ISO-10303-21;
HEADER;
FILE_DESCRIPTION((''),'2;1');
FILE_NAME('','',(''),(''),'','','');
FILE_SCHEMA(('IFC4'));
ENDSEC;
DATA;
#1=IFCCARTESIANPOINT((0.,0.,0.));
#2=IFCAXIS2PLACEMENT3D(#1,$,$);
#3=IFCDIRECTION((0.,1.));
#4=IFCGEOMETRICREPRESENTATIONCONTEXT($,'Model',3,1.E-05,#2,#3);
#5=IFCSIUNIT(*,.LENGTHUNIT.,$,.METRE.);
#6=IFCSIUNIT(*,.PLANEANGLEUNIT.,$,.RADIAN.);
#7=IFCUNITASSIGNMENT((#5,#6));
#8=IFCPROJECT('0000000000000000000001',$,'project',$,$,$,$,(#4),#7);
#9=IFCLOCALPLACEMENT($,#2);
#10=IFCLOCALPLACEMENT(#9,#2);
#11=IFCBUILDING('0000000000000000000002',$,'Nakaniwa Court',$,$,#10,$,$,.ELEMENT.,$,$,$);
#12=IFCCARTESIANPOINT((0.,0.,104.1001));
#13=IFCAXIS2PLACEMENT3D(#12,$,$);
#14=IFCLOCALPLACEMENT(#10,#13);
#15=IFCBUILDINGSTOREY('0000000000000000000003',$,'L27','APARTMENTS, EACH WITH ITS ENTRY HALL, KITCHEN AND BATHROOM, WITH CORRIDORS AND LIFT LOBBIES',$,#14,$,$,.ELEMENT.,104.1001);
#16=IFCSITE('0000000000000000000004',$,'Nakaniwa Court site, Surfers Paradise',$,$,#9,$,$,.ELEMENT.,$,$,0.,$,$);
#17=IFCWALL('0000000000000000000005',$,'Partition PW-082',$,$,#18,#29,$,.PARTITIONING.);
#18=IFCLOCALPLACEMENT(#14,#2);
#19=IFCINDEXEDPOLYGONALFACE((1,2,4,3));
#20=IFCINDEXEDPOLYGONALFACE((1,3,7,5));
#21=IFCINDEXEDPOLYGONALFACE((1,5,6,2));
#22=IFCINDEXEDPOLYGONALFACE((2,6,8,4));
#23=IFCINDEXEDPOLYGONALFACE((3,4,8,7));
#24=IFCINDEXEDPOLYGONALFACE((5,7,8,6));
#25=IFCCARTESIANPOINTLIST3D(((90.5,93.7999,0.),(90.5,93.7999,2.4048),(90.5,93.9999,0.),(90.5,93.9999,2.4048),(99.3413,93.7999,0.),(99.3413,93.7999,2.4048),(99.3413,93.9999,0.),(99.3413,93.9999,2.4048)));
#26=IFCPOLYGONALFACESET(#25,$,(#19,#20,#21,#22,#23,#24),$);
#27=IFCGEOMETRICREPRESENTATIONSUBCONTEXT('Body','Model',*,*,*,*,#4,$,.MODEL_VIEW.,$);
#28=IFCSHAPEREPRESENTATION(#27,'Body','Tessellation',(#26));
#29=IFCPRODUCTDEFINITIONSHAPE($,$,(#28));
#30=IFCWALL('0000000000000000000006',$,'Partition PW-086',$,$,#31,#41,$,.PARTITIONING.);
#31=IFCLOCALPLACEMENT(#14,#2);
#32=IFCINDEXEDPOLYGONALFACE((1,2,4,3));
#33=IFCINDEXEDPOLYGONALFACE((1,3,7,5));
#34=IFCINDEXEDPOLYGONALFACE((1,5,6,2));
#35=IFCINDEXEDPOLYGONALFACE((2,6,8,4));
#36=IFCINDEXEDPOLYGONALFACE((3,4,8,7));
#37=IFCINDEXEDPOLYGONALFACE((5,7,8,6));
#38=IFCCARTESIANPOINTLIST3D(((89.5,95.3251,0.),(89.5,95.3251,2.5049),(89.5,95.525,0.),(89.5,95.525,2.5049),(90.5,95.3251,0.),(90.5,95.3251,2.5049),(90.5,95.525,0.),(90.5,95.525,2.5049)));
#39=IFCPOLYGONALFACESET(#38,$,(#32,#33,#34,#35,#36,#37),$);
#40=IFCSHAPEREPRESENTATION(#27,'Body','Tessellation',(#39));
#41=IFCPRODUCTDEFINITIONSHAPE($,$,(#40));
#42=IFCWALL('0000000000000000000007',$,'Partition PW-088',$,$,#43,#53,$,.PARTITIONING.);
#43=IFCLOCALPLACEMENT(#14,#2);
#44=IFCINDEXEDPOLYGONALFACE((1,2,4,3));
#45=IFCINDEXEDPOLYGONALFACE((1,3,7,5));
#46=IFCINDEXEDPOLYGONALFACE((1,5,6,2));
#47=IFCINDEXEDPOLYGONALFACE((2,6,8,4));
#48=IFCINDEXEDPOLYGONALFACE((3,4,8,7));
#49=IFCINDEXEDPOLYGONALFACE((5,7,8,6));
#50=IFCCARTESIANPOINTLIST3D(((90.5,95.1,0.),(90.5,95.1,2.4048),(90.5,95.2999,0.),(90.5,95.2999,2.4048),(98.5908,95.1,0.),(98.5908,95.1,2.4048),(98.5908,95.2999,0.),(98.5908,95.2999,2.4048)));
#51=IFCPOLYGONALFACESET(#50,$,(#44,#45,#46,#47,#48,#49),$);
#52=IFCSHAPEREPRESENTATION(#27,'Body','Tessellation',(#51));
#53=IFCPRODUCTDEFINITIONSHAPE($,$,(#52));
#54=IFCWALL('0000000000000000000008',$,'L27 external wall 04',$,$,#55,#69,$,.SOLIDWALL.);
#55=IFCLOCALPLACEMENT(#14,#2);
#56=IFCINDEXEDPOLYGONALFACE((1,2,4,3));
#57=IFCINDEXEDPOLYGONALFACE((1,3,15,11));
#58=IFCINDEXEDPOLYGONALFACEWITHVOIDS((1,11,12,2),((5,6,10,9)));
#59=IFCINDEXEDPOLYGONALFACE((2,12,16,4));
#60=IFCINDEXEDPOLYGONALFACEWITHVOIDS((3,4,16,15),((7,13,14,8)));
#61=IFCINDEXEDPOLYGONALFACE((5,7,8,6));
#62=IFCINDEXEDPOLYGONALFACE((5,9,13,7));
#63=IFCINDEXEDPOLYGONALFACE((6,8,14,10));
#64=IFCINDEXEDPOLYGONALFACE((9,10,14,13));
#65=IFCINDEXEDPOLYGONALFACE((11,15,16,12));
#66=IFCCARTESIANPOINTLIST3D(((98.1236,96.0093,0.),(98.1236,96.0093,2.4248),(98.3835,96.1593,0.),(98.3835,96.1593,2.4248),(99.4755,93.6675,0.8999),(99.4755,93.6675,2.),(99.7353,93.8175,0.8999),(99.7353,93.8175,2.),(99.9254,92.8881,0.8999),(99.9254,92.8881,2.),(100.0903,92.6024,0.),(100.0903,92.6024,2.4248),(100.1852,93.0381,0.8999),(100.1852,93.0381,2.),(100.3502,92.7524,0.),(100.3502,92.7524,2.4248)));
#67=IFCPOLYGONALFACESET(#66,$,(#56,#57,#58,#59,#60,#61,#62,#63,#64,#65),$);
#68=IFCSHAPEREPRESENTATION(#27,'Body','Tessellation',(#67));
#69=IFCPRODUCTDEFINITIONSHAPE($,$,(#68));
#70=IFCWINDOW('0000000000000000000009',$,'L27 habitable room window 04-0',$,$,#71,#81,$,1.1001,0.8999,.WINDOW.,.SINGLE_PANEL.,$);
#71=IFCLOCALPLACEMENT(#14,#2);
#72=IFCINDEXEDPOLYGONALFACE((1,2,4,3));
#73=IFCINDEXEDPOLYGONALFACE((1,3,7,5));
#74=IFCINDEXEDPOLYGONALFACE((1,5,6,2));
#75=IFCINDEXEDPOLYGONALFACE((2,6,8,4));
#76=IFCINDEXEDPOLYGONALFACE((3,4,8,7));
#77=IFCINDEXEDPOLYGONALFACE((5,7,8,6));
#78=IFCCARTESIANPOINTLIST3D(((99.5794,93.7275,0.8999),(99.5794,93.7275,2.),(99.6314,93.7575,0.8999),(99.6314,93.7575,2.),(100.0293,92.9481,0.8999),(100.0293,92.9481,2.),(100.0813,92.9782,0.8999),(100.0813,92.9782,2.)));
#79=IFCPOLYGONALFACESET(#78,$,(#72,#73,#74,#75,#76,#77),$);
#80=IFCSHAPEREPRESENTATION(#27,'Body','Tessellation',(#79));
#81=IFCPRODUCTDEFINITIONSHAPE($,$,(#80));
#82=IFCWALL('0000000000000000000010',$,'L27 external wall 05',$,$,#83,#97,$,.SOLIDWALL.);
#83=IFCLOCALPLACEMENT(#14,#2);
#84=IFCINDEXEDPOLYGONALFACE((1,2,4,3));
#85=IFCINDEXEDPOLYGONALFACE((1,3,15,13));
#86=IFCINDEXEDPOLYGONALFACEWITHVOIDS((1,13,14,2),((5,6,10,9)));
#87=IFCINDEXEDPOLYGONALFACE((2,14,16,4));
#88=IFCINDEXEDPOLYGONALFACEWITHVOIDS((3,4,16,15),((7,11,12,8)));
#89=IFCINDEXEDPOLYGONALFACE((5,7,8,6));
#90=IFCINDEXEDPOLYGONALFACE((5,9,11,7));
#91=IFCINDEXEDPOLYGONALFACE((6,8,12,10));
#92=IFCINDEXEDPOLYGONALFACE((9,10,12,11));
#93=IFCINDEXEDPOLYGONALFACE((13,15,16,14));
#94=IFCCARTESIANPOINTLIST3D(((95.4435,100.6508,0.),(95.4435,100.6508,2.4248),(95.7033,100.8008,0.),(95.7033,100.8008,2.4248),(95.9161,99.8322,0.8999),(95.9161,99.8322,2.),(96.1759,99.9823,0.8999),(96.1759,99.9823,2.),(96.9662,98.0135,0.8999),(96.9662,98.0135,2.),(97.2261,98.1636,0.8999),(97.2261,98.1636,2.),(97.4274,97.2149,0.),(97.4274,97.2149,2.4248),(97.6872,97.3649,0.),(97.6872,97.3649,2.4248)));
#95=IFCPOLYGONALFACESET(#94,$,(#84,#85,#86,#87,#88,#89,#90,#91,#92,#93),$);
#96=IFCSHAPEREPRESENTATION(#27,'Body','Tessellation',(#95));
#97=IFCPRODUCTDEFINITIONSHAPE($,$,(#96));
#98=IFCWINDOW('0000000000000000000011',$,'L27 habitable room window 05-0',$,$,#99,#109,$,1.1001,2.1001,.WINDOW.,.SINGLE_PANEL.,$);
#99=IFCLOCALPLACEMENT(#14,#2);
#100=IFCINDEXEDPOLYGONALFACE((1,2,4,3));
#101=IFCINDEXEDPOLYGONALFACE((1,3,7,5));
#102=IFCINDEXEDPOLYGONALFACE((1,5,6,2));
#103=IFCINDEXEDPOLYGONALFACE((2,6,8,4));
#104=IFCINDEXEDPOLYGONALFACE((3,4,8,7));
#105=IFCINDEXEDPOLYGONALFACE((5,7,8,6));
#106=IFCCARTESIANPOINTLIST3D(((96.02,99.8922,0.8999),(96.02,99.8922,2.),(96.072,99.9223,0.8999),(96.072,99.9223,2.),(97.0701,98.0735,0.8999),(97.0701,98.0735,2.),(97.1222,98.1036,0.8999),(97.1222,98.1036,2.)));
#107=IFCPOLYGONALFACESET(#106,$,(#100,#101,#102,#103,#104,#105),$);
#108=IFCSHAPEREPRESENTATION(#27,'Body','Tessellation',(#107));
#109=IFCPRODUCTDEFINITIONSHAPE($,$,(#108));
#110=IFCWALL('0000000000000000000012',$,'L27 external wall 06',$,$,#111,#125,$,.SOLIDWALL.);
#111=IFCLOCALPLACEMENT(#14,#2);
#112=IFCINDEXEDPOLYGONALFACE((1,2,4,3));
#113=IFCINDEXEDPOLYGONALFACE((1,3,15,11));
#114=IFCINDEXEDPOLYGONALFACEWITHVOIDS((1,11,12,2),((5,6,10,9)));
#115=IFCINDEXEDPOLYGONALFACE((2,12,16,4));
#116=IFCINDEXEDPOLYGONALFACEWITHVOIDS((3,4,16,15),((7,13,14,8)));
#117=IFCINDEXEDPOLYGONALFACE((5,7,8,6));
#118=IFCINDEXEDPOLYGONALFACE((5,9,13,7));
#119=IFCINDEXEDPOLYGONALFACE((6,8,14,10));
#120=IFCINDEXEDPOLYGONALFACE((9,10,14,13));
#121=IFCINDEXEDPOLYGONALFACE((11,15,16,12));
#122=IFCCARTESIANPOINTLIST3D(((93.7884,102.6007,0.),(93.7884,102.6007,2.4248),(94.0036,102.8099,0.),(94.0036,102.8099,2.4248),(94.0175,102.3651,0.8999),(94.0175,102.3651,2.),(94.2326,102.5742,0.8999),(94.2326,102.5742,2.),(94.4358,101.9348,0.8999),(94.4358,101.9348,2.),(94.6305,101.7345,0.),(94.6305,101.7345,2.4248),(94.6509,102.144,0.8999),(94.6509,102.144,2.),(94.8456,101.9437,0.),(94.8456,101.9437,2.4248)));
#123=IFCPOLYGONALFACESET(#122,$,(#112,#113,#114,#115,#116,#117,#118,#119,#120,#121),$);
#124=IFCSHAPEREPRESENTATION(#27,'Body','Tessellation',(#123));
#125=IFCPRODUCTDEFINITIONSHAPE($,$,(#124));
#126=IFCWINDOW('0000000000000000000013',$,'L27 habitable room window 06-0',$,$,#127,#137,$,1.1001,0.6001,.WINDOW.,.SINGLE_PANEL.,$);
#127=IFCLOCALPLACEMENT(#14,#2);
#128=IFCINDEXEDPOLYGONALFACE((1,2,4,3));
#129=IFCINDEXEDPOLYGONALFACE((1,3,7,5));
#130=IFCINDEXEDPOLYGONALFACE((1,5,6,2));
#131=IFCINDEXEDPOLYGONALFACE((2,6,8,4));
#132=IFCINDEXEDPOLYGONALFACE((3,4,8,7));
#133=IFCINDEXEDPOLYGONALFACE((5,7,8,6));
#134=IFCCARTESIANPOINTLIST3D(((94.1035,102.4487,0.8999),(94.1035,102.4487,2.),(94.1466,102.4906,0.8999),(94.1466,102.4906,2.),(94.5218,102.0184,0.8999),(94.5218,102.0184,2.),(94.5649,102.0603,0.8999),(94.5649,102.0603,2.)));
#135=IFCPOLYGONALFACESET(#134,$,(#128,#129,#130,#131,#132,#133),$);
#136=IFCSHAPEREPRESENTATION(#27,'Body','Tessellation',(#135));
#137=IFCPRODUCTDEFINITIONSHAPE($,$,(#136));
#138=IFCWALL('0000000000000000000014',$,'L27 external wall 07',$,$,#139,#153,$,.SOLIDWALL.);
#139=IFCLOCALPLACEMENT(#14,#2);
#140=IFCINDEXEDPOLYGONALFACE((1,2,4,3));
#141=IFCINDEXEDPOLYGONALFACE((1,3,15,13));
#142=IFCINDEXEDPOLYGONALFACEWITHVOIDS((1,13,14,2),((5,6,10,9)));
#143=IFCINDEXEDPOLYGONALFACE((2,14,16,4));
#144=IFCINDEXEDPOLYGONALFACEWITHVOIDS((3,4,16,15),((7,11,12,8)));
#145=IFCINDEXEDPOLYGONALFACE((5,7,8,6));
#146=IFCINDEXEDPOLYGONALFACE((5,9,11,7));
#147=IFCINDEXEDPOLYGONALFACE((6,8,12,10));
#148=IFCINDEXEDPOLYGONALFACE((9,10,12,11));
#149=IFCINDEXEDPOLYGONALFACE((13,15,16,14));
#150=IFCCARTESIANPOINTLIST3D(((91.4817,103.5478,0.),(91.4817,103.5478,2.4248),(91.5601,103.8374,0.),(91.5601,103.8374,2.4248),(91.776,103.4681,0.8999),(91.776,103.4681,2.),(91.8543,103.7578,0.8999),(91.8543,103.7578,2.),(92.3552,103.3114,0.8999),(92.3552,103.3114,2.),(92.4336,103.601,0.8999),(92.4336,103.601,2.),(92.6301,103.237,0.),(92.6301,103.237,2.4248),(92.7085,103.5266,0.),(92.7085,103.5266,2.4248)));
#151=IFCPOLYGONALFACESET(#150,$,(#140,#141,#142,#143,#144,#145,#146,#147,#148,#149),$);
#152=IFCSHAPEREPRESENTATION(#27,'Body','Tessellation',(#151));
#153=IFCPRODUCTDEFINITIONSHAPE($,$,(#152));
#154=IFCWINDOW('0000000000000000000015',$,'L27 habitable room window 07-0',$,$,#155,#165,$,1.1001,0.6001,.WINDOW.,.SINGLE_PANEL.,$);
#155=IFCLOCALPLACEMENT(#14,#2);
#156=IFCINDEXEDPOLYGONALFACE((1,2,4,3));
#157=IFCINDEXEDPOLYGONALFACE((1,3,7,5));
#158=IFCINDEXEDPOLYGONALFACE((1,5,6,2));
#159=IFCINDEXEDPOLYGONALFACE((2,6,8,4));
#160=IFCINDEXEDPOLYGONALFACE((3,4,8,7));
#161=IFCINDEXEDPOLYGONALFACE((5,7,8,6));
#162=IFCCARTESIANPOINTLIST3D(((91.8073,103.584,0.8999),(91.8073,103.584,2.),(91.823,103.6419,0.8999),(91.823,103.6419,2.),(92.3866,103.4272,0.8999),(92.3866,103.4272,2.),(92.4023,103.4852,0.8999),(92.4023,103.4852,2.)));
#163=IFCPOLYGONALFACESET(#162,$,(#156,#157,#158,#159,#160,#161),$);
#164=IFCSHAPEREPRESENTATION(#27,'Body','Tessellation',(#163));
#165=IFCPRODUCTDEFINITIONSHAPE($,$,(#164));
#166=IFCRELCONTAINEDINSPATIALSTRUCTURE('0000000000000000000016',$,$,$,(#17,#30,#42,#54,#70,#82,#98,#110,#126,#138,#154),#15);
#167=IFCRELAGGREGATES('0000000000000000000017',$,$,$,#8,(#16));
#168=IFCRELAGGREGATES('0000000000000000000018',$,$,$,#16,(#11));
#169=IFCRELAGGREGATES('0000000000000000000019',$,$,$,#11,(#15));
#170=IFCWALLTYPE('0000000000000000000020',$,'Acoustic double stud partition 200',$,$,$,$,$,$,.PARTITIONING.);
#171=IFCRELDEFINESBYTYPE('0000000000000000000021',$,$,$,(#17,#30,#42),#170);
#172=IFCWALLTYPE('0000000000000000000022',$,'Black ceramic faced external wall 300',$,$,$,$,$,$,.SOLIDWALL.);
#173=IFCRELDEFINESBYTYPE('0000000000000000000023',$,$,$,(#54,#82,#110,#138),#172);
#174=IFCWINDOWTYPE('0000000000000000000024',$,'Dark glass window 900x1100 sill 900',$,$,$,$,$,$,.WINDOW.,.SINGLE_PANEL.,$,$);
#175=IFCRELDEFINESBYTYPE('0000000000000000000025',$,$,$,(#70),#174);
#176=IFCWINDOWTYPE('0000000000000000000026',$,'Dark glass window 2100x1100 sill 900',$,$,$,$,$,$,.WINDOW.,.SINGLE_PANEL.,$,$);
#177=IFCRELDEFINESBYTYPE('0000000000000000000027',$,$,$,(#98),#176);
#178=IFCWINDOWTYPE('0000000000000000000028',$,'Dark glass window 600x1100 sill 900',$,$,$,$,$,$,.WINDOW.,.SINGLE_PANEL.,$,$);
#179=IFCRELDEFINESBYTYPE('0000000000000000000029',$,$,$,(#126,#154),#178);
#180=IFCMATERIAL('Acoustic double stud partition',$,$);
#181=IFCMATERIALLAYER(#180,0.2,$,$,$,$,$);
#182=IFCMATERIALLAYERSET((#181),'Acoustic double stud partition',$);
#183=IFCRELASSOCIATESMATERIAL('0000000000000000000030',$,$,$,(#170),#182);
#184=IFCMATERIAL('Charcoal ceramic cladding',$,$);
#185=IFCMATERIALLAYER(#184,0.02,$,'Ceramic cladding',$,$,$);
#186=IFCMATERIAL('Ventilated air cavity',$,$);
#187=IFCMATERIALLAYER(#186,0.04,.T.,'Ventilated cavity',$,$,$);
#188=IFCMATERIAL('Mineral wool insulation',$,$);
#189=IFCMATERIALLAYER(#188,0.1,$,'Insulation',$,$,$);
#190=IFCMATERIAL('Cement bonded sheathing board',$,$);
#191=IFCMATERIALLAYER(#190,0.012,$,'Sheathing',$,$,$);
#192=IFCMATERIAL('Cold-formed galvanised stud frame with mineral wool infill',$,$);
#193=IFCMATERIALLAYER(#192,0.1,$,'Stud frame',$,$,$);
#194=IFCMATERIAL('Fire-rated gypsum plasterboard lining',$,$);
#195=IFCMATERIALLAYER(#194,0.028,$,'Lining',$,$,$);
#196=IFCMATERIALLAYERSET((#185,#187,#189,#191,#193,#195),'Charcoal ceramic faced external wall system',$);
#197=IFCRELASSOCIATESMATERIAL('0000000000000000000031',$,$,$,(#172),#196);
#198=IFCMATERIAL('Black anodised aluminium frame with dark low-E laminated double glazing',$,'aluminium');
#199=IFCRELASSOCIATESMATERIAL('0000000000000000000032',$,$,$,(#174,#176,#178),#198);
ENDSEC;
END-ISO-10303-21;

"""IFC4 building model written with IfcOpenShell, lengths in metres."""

from ifc_helpers import new_model, si_unit, direction, frame, frame_2d, origin, place, context, subcontext, project, spatial, rectangle, extrude, material, layer, layer_set, type_object, element, fill, save


model = new_model("IFC4")

# Units and contexts
model_context = context("Model", 3, precision=1e-05, world=origin(), true_north=direction((0.0, 1.0)))
body_context = subcontext(model_context, "Body", "Model", "MODEL_VIEW")
ifc_project = project(units=[si_unit("LENGTHUNIT", "METRE"), si_unit("PLANEANGLEUNIT", "RADIAN")], contexts=[model_context])

# Site, building, storey
site_placement = place(None, origin())
site = spatial("IfcSite", under=ifc_project, at=site_placement, Name="Nakaniwa Court site, Surfers Paradise", CompositionType="ELEMENT", RefElevation=0.0)
building_placement = place(site_placement, origin())
building = spatial("IfcBuilding", under=site, at=building_placement, Name="Nakaniwa Court", CompositionType="ELEMENT")
storey_placement = place(building_placement, frame((0.0, 0.0, 104.1001)))
storey = spatial("IfcBuildingStorey", under=building, at=storey_placement, Name="L27", Description="APARTMENTS, EACH WITH ITS ENTRY HALL, KITCHEN AND BATHROOM, WITH CORRIDORS AND LIFT LOBBIES", CompositionType="ELEMENT", Elevation=104.1001)

# Shared definitions
ifc_material_1 = material(Name="Acoustic double stud partition")
ifc_layer_1 = layer(ifc_material_1, 0.2)
ifc_layer_set_1 = layer_set([ifc_layer_1], Name="Acoustic double stud partition")
wall_type_1 = type_object("IfcWallType", Name="Acoustic double stud partition 200", PredefinedType="PARTITIONING", material=ifc_layer_set_1)

# Walls
wall_1_placement = place(storey_placement, frame((90.5, 93.8999, 0.0), z_axis=(0.0, 0.0, 1.0), x_axis=(1.0, 0.0, 0.0)))
element("IfcWall", 1, at=wall_1_placement, inside=storey, type_object=wall_type_1, Name="Partition PW-082", PredefinedType="PARTITIONING", context=body_context, shape_type="SweptSolid", body=[
    extrude(rectangle(XDim=8.8413, YDim=0.2, at=frame_2d((4.4207, 0.0))), origin(), (0.0, 0.0, 1.0), 2.4048),
])
wall_2_placement = place(storey_placement, frame((89.5, 95.425, 0.0), z_axis=(0.0, 0.0, 1.0), x_axis=(1.0, 0.0, 0.0)))
element("IfcWall", 2, at=wall_2_placement, inside=storey, type_object=wall_type_1, Name="Partition PW-086", PredefinedType="PARTITIONING", context=body_context, shape_type="SweptSolid", body=[
    extrude(rectangle(XDim=1.0, YDim=0.2, at=frame_2d((0.5, 0.0))), origin(), (0.0, 0.0, 1.0), 2.5049),
])
wall_3_placement = place(storey_placement, frame((90.5, 95.2, 0.0), z_axis=(0.0, 0.0, 1.0), x_axis=(1.0, 0.0, 0.0)))
element("IfcWall", 3, at=wall_3_placement, inside=storey, type_object=wall_type_1, Name="Partition PW-088", PredefinedType="PARTITIONING", context=body_context, shape_type="SweptSolid", body=[
    extrude(rectangle(XDim=8.0908, YDim=0.2, at=frame_2d((4.0454, 0.0))), origin(), (0.0, 0.0, 1.0), 2.4048),
])

# Walls, openings, windows
ifc_material_2 = material(Name="Charcoal ceramic cladding")
ifc_layer_2 = layer(ifc_material_2, 0.02, Name="Ceramic cladding")
ifc_material_3 = material(Name="Ventilated air cavity")
ifc_layer_3 = layer(ifc_material_3, 0.04, ventilated=True, Name="Ventilated cavity")
ifc_material_4 = material(Name="Mineral wool insulation")
ifc_layer_4 = layer(ifc_material_4, 0.1, Name="Insulation")
ifc_material_5 = material(Name="Cement bonded sheathing board")
ifc_layer_5 = layer(ifc_material_5, 0.012, Name="Sheathing")
ifc_material_6 = material(Name="Cold-formed galvanised stud frame with mineral wool infill")
ifc_layer_6 = layer(ifc_material_6, 0.1, Name="Stud frame")
ifc_material_7 = material(Name="Fire-rated gypsum plasterboard lining")
ifc_layer_7 = layer(ifc_material_7, 0.028, Name="Lining")
ifc_layer_set_2 = layer_set([ifc_layer_2, ifc_layer_3, ifc_layer_4, ifc_layer_5, ifc_layer_6, ifc_layer_7], Name="Charcoal ceramic faced external wall system")
wall_type_2 = type_object("IfcWallType", Name="Black ceramic faced external wall 300", PredefinedType="SOLIDWALL", material=ifc_layer_set_2)
wall_4_placement = place(storey_placement, frame((100.2202, 92.6775, 0.0), z_axis=(0.0, 0.0, 1.0), x_axis=(-0.499957, 0.86605, 0.0)))
wall_4 = element("IfcWall", 4, at=wall_4_placement, inside=storey, type_object=wall_type_2, Name="L27 external wall 04", PredefinedType="SOLIDWALL", context=body_context, shape_type="SweptSolid", body=[
    extrude(rectangle(XDim=3.9338, YDim=0.3, at=frame_2d((1.9668, 0.0))), origin(), (0.0, 0.0, 1.0), 2.4248),
])
opening_1_placement = place(wall_4_placement, frame((0.3298, 0.0, 0.8999)))
opening_1 = element("IfcOpeningElement", 5, at=opening_1_placement, cuts=wall_4, PredefinedType="OPENING", context=body_context, shape_type="SweptSolid", body=[
    extrude(rectangle(XDim=0.8999, YDim=1.1001, at=frame_2d((0.45, 0.55))), frame((0.0, 0.1599, 0.0), z_axis=(0.0, -1.0, 0.0), x_axis=(1.0, 0.0, 0.0)), (0.0, 0.0, 1.0), 0.3201),
])
ifc_material_8 = material(Name="Black anodised aluminium frame with dark low-E laminated double glazing", Category="aluminium")
window_type_1 = type_object("IfcWindowType", Name="Dark glass window 900x1100 sill 900", PartitioningType="SINGLE_PANEL", PredefinedType="WINDOW", material=ifc_material_8)
window_1_placement = place(opening_1_placement, origin())
window_1 = element("IfcWindow", 6, at=window_1_placement, inside=storey, type_object=window_type_1, Name="L27 habitable room window 04-0", OverallHeight=1.1001, OverallWidth=0.8999, PartitioningType="SINGLE_PANEL", PredefinedType="WINDOW", context=body_context, shape_type="SweptSolid", body=[
    extrude(rectangle(XDim=0.8999, YDim=1.1001, at=frame_2d((0.45, 0.55))), frame((0.0, 0.03, 0.0), z_axis=(0.0, -1.0, 0.0), x_axis=(1.0, 0.0, 0.0)), (0.0, 0.0, 1.0), 0.0601),
])
fill(opening_1, window_1)
wall_5_placement = place(storey_placement, frame((97.5574, 97.2898, 0.0), z_axis=(0.0, 0.0, 1.0), x_axis=(-0.500044, 0.866, 0.0)))
wall_5 = element("IfcWall", 7, at=wall_5_placement, inside=storey, type_object=wall_type_2, Name="L27 external wall 05", PredefinedType="SOLIDWALL", context=body_context, shape_type="SweptSolid", body=[
    extrude(rectangle(XDim=3.9675, YDim=0.3, at=frame_2d((1.9839, 0.0))), origin(), (0.0, 0.0, 1.0), 2.4248),
])
opening_2_placement = place(wall_5_placement, frame((0.9224, 0.0, 0.8999)))
opening_2 = element("IfcOpeningElement", 8, at=opening_2_placement, cuts=wall_5, PredefinedType="OPENING", context=body_context, shape_type="SweptSolid", body=[
    extrude(rectangle(XDim=2.1001, YDim=1.1001, at=frame_2d((1.05, 0.55))), frame((0.0, 0.1599, 0.0), z_axis=(0.0, -1.0, 0.0), x_axis=(1.0, 0.0, 0.0)), (0.0, 0.0, 1.0), 0.3201),
])
window_type_2 = type_object("IfcWindowType", Name="Dark glass window 2100x1100 sill 900", PartitioningType="SINGLE_PANEL", PredefinedType="WINDOW", material=ifc_material_8)
window_2_placement = place(opening_2_placement, origin())
window_2 = element("IfcWindow", 9, at=window_2_placement, inside=storey, type_object=window_type_2, Name="L27 habitable room window 05-0", OverallHeight=1.1001, OverallWidth=2.1001, PartitioningType="SINGLE_PANEL", PredefinedType="WINDOW", context=body_context, shape_type="SweptSolid", body=[
    extrude(rectangle(XDim=2.1001, YDim=1.1001, at=frame_2d((1.05, 0.55))), frame((0.0, 0.03, 0.0), z_axis=(0.0, -1.0, 0.0), x_axis=(1.0, 0.0, 0.0)), (0.0, 0.0, 1.0), 0.0601),
])
fill(opening_2, window_2)
wall_6_placement = place(storey_placement, frame((94.738, 101.8391, 0.0), z_axis=(0.0, 0.0, 1.0), x_axis=(-0.697032, 0.71704, 0.0)))
wall_6 = element("IfcWall", 10, at=wall_6_placement, inside=storey, type_object=wall_type_2, Name="L27 external wall 06", PredefinedType="SOLIDWALL", context=body_context, shape_type="SweptSolid", body=[
    extrude(rectangle(XDim=1.208, YDim=0.3, at=frame_2d((0.604, 0.0))), origin(), (0.0, 0.0, 1.0), 2.4248),
])
opening_3_placement = place(wall_6_placement, frame((0.2793, 0.0, 0.8999)))
opening_3 = element("IfcOpeningElement", 11, at=opening_3_placement, cuts=wall_6, PredefinedType="OPENING", context=body_context, shape_type="SweptSolid", body=[
    extrude(rectangle(XDim=0.6001, YDim=1.1001, at=frame_2d((0.3, 0.55))), frame((0.0, 0.1599, 0.0), z_axis=(0.0, -1.0, 0.0), x_axis=(1.0, 0.0, 0.0)), (0.0, 0.0, 1.0), 0.3201),
])
window_type_3 = type_object("IfcWindowType", Name="Dark glass window 600x1100 sill 900", PartitioningType="SINGLE_PANEL", PredefinedType="WINDOW", material=ifc_material_8)
window_3_placement = place(opening_3_placement, origin())
window_3 = element("IfcWindow", 12, at=window_3_placement, inside=storey, type_object=window_type_3, Name="L27 habitable room window 06-0", OverallHeight=1.1001, OverallWidth=0.6001, PartitioningType="SINGLE_PANEL", PredefinedType="WINDOW", context=body_context, shape_type="SweptSolid", body=[
    extrude(rectangle(XDim=0.6001, YDim=1.1001, at=frame_2d((0.3, 0.55))), frame((0.0, 0.03, 0.0), z_axis=(0.0, -1.0, 0.0), x_axis=(1.0, 0.0, 0.0)), (0.0, 0.0, 1.0), 0.0601),
])
fill(opening_3, window_3)
wall_7_placement = place(storey_placement, frame((92.6692, 103.3818, 0.0), z_axis=(0.0, 0.0, 1.0), x_axis=(-0.965278, 0.261224, 0.0)))
wall_7 = element("IfcWall", 13, at=wall_7_placement, inside=storey, type_object=wall_type_2, Name="L27 external wall 07", PredefinedType="SOLIDWALL", context=body_context, shape_type="SweptSolid", body=[
    extrude(rectangle(XDim=1.1897, YDim=0.3, at=frame_2d((0.5947, 0.0))), origin(), (0.0, 0.0, 1.0), 2.4248),
])
opening_4_placement = place(wall_7_placement, frame((0.2847, 0.0, 0.8999)))
opening_4 = element("IfcOpeningElement", 14, at=opening_4_placement, cuts=wall_7, PredefinedType="OPENING", context=body_context, shape_type="SweptSolid", body=[
    extrude(rectangle(XDim=0.6001, YDim=1.1001, at=frame_2d((0.3, 0.55))), frame((0.0, 0.1599, 0.0), z_axis=(0.0, -1.0, 0.0), x_axis=(1.0, 0.0, 0.0)), (0.0, 0.0, 1.0), 0.3201),
])
window_4_placement = place(opening_4_placement, origin())
window_4 = element("IfcWindow", 15, at=window_4_placement, inside=storey, type_object=window_type_3, Name="L27 habitable room window 07-0", OverallHeight=1.1001, OverallWidth=0.6001, PartitioningType="SINGLE_PANEL", PredefinedType="WINDOW", context=body_context, shape_type="SweptSolid", body=[
    extrude(rectangle(XDim=0.6001, YDim=1.1001, at=frame_2d((0.3, 0.55))), frame((0.0, 0.03, 0.0), z_axis=(0.0, -1.0, 0.0), x_axis=(1.0, 0.0, 0.0)), (0.0, 0.0, 1.0), 0.0601),
])
fill(opening_4, window_4)

save(model, "model.ifc")
